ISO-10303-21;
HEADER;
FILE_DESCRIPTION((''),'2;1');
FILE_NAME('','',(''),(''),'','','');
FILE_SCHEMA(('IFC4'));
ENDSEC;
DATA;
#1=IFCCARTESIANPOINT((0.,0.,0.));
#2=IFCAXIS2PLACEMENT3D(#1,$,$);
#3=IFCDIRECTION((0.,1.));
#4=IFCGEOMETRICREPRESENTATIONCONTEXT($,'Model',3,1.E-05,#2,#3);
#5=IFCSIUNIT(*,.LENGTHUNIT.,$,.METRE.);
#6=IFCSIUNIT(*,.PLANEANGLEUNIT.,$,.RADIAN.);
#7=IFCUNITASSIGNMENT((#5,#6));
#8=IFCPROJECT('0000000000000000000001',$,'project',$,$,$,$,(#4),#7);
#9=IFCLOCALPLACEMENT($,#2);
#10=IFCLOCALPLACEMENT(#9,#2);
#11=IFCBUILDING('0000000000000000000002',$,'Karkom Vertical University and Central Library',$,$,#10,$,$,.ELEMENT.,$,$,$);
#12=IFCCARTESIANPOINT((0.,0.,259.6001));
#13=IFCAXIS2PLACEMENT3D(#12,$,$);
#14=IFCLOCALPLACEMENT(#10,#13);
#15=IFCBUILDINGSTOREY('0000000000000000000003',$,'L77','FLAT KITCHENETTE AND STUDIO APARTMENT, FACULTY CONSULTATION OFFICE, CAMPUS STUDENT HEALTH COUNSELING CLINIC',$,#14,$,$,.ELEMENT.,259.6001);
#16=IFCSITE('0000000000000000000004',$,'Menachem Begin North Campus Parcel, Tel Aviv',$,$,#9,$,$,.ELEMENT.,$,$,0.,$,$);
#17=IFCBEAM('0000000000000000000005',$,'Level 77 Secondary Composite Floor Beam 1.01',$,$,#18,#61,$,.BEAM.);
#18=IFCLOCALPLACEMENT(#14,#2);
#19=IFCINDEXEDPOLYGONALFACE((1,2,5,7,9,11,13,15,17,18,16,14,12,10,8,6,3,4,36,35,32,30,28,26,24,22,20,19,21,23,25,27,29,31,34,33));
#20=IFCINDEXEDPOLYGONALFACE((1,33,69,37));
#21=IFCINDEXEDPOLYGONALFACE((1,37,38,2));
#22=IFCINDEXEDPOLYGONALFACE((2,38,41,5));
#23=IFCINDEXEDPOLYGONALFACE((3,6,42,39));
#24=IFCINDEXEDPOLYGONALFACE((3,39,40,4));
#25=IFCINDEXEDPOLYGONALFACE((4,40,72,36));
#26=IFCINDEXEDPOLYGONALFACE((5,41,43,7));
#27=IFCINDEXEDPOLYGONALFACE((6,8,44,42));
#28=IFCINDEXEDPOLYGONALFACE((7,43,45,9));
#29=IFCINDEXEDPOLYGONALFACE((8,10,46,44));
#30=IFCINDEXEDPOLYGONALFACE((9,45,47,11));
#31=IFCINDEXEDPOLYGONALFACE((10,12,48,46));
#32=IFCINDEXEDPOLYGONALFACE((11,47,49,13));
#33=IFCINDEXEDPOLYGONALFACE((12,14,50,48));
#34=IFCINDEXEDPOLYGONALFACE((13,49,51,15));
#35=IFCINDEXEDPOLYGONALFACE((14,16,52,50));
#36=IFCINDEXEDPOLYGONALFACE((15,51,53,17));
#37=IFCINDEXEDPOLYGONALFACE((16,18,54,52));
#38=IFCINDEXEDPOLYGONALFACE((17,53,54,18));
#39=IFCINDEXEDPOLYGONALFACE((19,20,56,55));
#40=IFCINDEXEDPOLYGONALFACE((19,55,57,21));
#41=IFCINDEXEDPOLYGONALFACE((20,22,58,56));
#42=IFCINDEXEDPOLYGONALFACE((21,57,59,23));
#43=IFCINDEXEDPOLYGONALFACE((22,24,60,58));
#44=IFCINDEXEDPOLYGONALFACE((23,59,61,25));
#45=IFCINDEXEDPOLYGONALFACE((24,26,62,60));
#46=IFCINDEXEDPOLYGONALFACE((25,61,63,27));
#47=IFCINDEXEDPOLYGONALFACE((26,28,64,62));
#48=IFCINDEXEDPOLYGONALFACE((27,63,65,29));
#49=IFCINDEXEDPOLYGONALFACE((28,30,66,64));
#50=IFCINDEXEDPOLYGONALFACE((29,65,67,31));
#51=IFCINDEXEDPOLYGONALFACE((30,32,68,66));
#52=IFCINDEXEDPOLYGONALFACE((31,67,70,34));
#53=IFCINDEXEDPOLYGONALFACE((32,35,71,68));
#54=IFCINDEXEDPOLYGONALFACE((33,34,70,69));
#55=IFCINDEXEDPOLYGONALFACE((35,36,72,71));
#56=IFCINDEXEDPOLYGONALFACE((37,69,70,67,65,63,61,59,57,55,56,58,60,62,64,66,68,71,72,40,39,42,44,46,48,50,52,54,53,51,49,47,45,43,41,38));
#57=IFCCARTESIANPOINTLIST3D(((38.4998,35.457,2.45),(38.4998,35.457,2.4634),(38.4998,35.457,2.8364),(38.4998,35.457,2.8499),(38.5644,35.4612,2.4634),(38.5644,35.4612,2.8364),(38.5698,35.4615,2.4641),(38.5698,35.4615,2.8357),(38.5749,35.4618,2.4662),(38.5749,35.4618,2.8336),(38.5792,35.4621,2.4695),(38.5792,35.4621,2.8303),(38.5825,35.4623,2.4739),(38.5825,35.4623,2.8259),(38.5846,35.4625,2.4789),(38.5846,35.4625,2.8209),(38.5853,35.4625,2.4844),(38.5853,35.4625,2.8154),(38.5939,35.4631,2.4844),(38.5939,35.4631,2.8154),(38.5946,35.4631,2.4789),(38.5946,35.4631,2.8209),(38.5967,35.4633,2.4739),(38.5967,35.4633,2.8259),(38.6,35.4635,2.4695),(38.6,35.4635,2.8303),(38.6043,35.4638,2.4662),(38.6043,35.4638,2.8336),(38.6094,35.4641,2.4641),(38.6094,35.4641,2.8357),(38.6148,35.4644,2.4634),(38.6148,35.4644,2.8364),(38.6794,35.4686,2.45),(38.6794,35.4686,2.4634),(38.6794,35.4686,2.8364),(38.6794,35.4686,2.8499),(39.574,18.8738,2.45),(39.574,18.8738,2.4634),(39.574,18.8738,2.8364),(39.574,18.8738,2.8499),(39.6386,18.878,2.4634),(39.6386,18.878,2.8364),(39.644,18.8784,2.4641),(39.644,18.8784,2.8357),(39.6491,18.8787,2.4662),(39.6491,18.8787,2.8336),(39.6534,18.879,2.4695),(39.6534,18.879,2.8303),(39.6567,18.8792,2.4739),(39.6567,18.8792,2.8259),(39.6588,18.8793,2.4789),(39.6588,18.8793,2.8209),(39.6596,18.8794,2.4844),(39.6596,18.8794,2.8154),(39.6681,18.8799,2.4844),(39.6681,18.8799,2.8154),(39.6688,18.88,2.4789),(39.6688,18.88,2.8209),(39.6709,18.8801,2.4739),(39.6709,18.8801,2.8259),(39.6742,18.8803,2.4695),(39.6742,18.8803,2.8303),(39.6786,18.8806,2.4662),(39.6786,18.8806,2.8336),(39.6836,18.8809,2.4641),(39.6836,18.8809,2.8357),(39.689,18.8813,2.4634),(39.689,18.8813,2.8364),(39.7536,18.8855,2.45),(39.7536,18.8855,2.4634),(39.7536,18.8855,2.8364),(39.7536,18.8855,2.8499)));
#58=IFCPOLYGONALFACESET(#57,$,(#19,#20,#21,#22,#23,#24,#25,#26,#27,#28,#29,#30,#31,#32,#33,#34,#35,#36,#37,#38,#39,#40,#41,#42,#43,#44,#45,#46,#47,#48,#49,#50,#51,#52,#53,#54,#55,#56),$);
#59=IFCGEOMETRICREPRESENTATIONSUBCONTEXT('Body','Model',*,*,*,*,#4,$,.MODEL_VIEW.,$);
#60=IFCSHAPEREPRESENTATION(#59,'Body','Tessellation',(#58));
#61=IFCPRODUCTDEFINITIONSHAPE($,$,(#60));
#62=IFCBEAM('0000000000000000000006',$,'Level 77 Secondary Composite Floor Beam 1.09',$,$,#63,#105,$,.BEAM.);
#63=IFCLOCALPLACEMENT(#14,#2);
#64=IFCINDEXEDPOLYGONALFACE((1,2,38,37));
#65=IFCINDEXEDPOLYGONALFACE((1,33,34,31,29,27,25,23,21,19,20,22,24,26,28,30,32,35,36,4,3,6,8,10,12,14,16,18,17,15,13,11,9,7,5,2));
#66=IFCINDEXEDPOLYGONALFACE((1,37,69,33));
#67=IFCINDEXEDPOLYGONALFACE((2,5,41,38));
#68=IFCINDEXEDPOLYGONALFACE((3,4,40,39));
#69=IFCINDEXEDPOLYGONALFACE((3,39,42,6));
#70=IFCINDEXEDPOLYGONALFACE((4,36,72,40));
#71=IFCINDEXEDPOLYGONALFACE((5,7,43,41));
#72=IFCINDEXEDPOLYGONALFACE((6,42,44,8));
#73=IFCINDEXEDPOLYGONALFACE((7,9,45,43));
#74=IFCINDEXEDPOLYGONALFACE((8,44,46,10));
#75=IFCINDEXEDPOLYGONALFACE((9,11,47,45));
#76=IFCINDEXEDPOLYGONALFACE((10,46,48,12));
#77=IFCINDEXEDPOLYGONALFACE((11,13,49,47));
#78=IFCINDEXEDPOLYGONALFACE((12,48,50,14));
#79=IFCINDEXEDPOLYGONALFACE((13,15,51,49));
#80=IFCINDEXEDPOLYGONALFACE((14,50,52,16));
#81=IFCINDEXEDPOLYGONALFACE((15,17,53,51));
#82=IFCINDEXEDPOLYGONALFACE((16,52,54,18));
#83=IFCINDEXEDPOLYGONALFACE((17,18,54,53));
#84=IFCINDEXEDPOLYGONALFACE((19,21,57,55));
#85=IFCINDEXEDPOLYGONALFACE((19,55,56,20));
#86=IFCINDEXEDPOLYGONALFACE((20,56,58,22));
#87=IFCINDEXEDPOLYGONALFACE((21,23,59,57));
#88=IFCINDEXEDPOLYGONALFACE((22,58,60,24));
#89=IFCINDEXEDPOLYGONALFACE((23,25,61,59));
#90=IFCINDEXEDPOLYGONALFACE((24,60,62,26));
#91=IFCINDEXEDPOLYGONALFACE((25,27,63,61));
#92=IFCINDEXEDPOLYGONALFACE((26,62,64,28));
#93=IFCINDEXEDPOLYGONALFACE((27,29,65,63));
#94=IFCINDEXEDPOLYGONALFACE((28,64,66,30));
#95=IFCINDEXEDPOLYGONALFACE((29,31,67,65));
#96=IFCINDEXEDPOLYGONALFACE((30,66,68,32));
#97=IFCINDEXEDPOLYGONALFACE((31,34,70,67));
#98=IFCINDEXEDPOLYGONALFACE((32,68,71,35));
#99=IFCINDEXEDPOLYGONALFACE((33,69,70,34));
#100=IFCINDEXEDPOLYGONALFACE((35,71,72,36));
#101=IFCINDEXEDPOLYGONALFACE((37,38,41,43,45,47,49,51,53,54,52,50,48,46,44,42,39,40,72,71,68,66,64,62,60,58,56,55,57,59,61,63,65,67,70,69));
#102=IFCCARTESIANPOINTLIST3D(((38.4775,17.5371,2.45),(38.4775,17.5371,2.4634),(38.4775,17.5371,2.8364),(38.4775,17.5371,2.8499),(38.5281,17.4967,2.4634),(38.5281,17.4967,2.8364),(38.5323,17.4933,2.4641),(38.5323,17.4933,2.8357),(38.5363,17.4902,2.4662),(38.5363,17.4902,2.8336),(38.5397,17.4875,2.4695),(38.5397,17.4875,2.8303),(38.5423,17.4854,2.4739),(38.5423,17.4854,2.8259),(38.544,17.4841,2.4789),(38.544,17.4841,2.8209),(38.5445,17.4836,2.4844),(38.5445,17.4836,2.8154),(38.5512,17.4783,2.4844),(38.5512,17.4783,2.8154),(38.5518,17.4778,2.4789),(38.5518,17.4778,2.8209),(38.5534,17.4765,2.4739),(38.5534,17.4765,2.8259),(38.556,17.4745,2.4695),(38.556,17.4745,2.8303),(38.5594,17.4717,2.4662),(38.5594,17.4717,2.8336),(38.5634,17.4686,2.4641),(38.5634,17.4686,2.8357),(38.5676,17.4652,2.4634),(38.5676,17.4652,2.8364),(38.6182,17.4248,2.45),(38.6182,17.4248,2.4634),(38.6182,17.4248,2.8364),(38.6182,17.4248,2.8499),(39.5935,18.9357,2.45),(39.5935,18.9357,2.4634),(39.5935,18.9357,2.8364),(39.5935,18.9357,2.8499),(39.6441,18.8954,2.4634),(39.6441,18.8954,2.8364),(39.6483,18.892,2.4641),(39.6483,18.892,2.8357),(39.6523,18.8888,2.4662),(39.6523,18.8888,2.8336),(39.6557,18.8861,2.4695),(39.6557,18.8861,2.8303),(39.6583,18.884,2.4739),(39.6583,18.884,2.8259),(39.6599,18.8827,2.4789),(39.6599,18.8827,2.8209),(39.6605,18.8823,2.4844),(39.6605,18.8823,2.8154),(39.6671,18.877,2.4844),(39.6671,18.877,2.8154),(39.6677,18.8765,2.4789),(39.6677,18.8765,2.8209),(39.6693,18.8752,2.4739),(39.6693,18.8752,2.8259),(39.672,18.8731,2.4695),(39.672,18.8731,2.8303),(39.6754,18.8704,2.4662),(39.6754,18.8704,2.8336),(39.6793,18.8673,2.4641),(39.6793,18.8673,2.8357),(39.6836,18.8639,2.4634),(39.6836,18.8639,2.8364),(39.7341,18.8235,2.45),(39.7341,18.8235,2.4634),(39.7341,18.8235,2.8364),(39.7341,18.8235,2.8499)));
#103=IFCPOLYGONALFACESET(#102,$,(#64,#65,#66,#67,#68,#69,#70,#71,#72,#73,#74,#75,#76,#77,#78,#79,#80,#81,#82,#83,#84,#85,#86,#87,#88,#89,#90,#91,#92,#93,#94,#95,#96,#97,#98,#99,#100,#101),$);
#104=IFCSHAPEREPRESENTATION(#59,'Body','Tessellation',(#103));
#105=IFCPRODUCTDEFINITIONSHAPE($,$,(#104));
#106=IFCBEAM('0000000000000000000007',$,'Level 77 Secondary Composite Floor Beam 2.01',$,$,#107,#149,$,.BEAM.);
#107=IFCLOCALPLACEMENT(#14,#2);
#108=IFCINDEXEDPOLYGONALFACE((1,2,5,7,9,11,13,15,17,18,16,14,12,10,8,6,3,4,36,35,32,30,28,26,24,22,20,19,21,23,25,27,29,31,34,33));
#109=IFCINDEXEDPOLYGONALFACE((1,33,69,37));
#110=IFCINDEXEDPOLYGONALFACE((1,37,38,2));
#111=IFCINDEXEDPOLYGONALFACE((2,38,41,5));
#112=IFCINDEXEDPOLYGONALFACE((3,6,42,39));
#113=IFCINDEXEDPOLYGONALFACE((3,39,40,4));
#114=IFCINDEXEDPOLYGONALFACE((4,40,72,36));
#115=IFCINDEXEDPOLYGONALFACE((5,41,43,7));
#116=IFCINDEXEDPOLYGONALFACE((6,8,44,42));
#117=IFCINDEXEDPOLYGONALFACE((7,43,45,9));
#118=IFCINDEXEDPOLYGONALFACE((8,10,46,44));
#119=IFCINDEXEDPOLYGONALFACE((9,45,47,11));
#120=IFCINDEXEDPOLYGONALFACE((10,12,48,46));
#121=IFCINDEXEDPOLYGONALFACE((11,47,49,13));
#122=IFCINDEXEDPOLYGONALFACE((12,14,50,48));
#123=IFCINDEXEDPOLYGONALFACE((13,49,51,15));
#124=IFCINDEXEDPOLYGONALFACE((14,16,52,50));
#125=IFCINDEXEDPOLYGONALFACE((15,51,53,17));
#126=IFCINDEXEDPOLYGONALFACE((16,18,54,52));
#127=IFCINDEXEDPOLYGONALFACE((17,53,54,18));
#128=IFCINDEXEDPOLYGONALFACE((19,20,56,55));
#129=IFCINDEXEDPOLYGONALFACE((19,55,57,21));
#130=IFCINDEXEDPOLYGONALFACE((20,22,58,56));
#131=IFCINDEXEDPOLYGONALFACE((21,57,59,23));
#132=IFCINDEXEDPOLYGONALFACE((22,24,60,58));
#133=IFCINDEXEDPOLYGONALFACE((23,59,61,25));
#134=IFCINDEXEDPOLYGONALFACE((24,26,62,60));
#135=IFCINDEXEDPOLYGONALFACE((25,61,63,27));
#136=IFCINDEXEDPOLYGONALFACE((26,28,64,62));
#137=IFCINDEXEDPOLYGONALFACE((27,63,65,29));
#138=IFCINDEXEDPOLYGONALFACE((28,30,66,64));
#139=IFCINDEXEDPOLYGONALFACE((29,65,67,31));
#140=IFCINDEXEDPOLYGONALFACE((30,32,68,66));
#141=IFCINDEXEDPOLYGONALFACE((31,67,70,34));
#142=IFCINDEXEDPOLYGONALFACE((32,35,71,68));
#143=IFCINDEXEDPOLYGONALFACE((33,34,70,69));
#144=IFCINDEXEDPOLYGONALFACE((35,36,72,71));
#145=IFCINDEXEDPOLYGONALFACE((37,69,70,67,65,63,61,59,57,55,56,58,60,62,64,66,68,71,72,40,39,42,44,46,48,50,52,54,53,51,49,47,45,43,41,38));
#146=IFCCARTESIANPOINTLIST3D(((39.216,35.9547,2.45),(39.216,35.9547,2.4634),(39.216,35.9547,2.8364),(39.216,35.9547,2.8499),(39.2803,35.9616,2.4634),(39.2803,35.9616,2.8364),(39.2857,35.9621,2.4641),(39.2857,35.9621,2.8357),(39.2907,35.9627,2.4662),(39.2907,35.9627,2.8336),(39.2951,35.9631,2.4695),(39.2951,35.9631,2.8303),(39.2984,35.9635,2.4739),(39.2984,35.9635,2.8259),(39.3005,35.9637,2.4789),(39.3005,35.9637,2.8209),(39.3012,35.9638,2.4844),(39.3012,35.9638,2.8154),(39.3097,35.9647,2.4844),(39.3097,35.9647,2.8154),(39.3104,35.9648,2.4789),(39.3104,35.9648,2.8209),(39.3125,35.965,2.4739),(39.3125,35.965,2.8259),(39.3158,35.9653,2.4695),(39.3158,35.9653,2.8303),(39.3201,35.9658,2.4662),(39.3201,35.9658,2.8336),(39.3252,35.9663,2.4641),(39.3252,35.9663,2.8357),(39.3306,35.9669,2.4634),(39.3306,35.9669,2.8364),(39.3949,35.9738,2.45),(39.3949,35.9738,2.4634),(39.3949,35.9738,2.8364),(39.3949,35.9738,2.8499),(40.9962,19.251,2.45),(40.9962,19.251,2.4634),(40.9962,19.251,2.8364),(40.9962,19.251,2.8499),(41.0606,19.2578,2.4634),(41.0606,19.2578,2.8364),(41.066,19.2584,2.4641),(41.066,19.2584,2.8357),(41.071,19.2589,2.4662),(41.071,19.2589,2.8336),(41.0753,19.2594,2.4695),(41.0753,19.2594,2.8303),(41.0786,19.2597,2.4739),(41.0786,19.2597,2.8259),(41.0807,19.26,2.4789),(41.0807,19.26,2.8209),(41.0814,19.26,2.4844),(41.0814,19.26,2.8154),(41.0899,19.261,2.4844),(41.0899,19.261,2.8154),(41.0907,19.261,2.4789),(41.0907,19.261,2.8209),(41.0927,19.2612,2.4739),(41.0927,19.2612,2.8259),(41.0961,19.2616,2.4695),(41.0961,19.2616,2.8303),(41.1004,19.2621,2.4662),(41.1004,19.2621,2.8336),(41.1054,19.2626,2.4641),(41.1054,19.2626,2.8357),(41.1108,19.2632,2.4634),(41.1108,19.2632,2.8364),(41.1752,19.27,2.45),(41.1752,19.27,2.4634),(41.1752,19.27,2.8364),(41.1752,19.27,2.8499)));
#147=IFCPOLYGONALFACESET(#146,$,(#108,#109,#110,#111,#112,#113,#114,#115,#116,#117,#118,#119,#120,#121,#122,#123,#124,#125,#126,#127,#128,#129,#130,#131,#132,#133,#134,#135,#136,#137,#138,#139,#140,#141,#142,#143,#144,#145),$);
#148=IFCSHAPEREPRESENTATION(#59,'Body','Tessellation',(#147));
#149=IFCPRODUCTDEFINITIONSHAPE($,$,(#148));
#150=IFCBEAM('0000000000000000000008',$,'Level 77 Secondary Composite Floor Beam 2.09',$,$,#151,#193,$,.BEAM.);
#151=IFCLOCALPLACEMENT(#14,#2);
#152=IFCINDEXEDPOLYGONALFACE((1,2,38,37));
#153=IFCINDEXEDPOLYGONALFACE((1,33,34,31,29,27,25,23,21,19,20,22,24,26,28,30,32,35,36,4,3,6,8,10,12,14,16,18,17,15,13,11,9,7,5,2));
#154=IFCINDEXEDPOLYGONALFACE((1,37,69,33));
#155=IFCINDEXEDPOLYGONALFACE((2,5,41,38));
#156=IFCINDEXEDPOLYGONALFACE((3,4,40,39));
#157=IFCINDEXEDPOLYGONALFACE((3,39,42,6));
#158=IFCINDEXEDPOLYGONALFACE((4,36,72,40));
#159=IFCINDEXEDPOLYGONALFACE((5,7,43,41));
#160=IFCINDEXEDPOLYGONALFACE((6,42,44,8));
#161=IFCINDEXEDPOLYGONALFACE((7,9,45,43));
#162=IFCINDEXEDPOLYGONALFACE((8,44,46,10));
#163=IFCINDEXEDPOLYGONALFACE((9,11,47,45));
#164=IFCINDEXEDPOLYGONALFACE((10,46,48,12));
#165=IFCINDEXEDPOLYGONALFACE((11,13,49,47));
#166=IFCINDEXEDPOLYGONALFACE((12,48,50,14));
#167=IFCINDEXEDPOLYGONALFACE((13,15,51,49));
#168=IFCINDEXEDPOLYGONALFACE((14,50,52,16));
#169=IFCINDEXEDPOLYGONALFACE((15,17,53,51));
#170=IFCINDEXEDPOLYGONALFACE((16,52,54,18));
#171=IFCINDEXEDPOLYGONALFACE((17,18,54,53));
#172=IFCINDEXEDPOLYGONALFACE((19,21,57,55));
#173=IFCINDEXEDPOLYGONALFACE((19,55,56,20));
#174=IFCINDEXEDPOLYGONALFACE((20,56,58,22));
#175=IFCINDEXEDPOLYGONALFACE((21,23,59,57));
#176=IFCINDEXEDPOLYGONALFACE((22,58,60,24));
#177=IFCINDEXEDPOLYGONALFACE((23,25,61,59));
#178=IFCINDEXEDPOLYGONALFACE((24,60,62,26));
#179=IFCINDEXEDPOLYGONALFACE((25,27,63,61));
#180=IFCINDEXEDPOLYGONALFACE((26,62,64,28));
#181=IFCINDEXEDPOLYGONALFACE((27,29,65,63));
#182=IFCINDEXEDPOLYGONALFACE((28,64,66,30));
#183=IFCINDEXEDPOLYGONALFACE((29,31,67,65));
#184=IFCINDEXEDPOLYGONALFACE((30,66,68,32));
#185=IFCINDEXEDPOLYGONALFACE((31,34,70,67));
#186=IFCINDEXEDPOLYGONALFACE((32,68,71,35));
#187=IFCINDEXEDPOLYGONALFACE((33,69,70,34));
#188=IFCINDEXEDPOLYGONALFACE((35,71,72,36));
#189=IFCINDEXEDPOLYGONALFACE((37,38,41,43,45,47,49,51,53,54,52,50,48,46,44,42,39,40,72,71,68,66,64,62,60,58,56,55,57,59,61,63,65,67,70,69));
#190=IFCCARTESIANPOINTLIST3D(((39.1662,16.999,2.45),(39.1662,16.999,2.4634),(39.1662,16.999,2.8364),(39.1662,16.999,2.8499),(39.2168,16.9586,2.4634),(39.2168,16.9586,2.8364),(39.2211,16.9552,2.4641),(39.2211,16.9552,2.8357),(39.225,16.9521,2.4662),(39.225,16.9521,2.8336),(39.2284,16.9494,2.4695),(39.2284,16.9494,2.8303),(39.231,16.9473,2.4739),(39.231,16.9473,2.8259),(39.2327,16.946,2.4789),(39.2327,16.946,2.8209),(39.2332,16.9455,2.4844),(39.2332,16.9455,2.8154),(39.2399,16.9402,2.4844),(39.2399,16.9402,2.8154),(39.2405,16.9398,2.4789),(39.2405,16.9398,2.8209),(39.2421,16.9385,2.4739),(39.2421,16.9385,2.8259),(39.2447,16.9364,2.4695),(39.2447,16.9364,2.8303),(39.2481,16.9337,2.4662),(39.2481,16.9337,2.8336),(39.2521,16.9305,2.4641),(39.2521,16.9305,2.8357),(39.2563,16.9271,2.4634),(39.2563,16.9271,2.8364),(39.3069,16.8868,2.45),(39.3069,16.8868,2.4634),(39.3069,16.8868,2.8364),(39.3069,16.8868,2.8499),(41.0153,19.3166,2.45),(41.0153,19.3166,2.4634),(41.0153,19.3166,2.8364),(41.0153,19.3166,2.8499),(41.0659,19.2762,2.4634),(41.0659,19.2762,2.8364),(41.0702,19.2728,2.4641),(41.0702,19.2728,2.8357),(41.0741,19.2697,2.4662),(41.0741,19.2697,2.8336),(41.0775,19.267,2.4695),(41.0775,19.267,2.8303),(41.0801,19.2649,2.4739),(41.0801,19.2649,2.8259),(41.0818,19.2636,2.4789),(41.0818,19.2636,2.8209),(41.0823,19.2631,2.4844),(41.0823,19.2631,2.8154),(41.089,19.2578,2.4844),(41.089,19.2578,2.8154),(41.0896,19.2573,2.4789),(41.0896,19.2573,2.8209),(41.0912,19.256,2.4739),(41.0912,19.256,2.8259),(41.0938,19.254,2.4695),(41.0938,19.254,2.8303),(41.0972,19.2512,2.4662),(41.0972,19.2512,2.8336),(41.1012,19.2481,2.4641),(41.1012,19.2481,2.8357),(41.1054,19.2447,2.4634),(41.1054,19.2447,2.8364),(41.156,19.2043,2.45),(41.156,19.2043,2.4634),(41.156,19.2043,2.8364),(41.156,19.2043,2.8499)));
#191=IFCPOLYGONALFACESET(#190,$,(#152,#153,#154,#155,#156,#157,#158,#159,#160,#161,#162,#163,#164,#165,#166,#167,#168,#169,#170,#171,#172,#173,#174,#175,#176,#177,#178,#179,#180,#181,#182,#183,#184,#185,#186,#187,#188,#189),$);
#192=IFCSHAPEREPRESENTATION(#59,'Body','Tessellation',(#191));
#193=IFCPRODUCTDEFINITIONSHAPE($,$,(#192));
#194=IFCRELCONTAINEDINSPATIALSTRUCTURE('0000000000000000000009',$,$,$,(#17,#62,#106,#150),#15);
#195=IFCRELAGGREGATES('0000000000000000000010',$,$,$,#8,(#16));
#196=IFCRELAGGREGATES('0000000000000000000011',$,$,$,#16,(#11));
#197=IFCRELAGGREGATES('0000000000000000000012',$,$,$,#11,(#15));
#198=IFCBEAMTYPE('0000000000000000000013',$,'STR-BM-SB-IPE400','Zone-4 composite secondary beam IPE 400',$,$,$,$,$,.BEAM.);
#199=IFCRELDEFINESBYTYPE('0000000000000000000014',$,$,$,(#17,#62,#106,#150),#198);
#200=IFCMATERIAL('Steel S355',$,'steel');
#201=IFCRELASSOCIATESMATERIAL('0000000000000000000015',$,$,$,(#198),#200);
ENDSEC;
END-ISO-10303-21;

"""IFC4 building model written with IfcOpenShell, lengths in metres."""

from ifc_helpers import new_model, si_unit, direction, frame, origin, origin_with_axes, origin_2d, place, context, subcontext, project, spatial, i_section, extrude, source, transform, mapped, material, material_profile, profile_set, type_object, element, save


model = new_model("IFC4")

# Units and contexts
model_context = context("Model", 3, precision=1e-05, world=origin(), true_north=direction((0.0, 1.0)))
body_context = subcontext(model_context, "Body", "Model", "MODEL_VIEW")
ifc_project = project(units=[si_unit("LENGTHUNIT", "METRE"), si_unit("PLANEANGLEUNIT", "RADIAN")], contexts=[model_context])

# Site, building, storey
site_placement = place(None, origin())
site = spatial("IfcSite", under=ifc_project, at=site_placement, Name="Menachem Begin North Campus Parcel, Tel Aviv", CompositionType="ELEMENT", RefElevation=0.0)
building_placement = place(site_placement, origin())
building = spatial("IfcBuilding", under=site, at=building_placement, Name="Karkom Vertical University and Central Library", CompositionType="ELEMENT")
storey_placement = place(building_placement, frame((0.0, 0.0, 259.6001)))
storey = spatial("IfcBuildingStorey", under=building, at=storey_placement, Name="L77", Description="FLAT KITCHENETTE AND STUDIO APARTMENT, FACULTY CONSULTATION OFFICE, CAMPUS STUDENT HEALTH COUNSELING CLINIC", CompositionType="ELEMENT", Elevation=259.6001)

# Beams
ifc_material_1 = material(Name="Steel S355", Category="steel")
ifc_material_profile_1 = material_profile(ifc_material_1, i_section(OverallWidth=0.1799, OverallDepth=0.3999, WebThickness=0.0085, FlangeThickness=0.0134, FilletRadius=0.021, at=origin_2d()), Name="IPE 400")
ifc_profile_set_1 = profile_set([ifc_material_profile_1], Name="Steel S355")
beam_type_1 = type_object("IfcBeamType", Name="STR-BM-SB-IPE400", Description="Zone-4 composite secondary beam IPE 400", PredefinedType="BEAM", material=ifc_profile_set_1)
shared_shape_1 = source(origin_with_axes(), body_context, "Body", "SweptSolid", [
    extrude(i_section(OverallWidth=0.1799, OverallDepth=0.3999, WebThickness=0.0085, FlangeThickness=0.0134, FilletRadius=0.021, at=origin_2d()), origin(), (0.0, 0.0, 1.0), 16.6179),
])
beam_1_placement = place(storey_placement, frame((39.6638, 18.8796, 2.6499), z_axis=(-0.064642, 0.997909, 0.0), x_axis=(-0.997909, -0.064642, 0.0)))
element("IfcBeam", 1, at=beam_1_placement, inside=storey, type_object=beam_type_1, Name="Level 77 Secondary Composite Floor Beam 1.01", PredefinedType="BEAM", context=body_context, shape_type="MappedRepresentation", body=[
    mapped(shared_shape_1, transform((0.0, 0.0, 0.0), scale=1.0)),
])
shared_shape_2 = source(origin_with_axes(), body_context, "Body", "SweptSolid", [
    extrude(i_section(OverallWidth=0.1799, OverallDepth=0.3999, WebThickness=0.0085, FlangeThickness=0.0134, FilletRadius=0.021, at=origin_2d()), origin(), (0.0, 0.0, 1.0), 1.7893),
])
beam_2_placement = place(storey_placement, frame((38.5479, 17.481, 2.6499), z_axis=(0.62368, 0.78168, 0.0), x_axis=(-0.78168, 0.62368, 0.0)))
element("IfcBeam", 2, at=beam_2_placement, inside=storey, type_object=beam_type_1, Name="Level 77 Secondary Composite Floor Beam 1.09", PredefinedType="BEAM", context=body_context, shape_type="MappedRepresentation", body=[
    mapped(shared_shape_2, transform((0.0, 0.0, 0.0), scale=1.0)),
])
shared_shape_3 = source(origin_with_axes(), body_context, "Body", "SweptSolid", [
    extrude(i_section(OverallWidth=0.1799, OverallDepth=0.3999, WebThickness=0.0085, FlangeThickness=0.0134, FilletRadius=0.021, at=origin_2d()), origin(), (0.0, 0.0, 1.0), 16.7983),
])
beam_3_placement = place(storey_placement, frame((41.0857, 19.2605, 2.6499), z_axis=(-0.105978, 0.994368, 0.0), x_axis=(-0.994368, -0.105978, 0.0)))
element("IfcBeam", 3, at=beam_3_placement, inside=storey, type_object=beam_type_1, Name="Level 77 Secondary Composite Floor Beam 2.01", PredefinedType="BEAM", context=body_context, shape_type="MappedRepresentation", body=[
    mapped(shared_shape_3, transform((0.0, 0.0, 0.0), scale=1.0)),
])
shared_shape_4 = source(origin_with_axes(), body_context, "Body", "SweptSolid", [
    extrude(i_section(OverallWidth=0.1799, OverallDepth=0.3999, WebThickness=0.0085, FlangeThickness=0.0134, FilletRadius=0.021, at=origin_2d()), origin(), (0.0, 0.0, 1.0), 2.9648),
])
beam_4_placement = place(storey_placement, frame((39.2366, 16.9429, 2.6499), z_axis=(0.62367, 0.781688, 0.0), x_axis=(-0.781688, 0.62367, 0.0)))
element("IfcBeam", 4, at=beam_4_placement, inside=storey, type_object=beam_type_1, Name="Level 77 Secondary Composite Floor Beam 2.09", PredefinedType="BEAM", context=body_context, shape_type="MappedRepresentation", body=[
    mapped(shared_shape_4, transform((0.0, 0.0, 0.0), scale=1.0)),
])

save(model, "model.ifc")
